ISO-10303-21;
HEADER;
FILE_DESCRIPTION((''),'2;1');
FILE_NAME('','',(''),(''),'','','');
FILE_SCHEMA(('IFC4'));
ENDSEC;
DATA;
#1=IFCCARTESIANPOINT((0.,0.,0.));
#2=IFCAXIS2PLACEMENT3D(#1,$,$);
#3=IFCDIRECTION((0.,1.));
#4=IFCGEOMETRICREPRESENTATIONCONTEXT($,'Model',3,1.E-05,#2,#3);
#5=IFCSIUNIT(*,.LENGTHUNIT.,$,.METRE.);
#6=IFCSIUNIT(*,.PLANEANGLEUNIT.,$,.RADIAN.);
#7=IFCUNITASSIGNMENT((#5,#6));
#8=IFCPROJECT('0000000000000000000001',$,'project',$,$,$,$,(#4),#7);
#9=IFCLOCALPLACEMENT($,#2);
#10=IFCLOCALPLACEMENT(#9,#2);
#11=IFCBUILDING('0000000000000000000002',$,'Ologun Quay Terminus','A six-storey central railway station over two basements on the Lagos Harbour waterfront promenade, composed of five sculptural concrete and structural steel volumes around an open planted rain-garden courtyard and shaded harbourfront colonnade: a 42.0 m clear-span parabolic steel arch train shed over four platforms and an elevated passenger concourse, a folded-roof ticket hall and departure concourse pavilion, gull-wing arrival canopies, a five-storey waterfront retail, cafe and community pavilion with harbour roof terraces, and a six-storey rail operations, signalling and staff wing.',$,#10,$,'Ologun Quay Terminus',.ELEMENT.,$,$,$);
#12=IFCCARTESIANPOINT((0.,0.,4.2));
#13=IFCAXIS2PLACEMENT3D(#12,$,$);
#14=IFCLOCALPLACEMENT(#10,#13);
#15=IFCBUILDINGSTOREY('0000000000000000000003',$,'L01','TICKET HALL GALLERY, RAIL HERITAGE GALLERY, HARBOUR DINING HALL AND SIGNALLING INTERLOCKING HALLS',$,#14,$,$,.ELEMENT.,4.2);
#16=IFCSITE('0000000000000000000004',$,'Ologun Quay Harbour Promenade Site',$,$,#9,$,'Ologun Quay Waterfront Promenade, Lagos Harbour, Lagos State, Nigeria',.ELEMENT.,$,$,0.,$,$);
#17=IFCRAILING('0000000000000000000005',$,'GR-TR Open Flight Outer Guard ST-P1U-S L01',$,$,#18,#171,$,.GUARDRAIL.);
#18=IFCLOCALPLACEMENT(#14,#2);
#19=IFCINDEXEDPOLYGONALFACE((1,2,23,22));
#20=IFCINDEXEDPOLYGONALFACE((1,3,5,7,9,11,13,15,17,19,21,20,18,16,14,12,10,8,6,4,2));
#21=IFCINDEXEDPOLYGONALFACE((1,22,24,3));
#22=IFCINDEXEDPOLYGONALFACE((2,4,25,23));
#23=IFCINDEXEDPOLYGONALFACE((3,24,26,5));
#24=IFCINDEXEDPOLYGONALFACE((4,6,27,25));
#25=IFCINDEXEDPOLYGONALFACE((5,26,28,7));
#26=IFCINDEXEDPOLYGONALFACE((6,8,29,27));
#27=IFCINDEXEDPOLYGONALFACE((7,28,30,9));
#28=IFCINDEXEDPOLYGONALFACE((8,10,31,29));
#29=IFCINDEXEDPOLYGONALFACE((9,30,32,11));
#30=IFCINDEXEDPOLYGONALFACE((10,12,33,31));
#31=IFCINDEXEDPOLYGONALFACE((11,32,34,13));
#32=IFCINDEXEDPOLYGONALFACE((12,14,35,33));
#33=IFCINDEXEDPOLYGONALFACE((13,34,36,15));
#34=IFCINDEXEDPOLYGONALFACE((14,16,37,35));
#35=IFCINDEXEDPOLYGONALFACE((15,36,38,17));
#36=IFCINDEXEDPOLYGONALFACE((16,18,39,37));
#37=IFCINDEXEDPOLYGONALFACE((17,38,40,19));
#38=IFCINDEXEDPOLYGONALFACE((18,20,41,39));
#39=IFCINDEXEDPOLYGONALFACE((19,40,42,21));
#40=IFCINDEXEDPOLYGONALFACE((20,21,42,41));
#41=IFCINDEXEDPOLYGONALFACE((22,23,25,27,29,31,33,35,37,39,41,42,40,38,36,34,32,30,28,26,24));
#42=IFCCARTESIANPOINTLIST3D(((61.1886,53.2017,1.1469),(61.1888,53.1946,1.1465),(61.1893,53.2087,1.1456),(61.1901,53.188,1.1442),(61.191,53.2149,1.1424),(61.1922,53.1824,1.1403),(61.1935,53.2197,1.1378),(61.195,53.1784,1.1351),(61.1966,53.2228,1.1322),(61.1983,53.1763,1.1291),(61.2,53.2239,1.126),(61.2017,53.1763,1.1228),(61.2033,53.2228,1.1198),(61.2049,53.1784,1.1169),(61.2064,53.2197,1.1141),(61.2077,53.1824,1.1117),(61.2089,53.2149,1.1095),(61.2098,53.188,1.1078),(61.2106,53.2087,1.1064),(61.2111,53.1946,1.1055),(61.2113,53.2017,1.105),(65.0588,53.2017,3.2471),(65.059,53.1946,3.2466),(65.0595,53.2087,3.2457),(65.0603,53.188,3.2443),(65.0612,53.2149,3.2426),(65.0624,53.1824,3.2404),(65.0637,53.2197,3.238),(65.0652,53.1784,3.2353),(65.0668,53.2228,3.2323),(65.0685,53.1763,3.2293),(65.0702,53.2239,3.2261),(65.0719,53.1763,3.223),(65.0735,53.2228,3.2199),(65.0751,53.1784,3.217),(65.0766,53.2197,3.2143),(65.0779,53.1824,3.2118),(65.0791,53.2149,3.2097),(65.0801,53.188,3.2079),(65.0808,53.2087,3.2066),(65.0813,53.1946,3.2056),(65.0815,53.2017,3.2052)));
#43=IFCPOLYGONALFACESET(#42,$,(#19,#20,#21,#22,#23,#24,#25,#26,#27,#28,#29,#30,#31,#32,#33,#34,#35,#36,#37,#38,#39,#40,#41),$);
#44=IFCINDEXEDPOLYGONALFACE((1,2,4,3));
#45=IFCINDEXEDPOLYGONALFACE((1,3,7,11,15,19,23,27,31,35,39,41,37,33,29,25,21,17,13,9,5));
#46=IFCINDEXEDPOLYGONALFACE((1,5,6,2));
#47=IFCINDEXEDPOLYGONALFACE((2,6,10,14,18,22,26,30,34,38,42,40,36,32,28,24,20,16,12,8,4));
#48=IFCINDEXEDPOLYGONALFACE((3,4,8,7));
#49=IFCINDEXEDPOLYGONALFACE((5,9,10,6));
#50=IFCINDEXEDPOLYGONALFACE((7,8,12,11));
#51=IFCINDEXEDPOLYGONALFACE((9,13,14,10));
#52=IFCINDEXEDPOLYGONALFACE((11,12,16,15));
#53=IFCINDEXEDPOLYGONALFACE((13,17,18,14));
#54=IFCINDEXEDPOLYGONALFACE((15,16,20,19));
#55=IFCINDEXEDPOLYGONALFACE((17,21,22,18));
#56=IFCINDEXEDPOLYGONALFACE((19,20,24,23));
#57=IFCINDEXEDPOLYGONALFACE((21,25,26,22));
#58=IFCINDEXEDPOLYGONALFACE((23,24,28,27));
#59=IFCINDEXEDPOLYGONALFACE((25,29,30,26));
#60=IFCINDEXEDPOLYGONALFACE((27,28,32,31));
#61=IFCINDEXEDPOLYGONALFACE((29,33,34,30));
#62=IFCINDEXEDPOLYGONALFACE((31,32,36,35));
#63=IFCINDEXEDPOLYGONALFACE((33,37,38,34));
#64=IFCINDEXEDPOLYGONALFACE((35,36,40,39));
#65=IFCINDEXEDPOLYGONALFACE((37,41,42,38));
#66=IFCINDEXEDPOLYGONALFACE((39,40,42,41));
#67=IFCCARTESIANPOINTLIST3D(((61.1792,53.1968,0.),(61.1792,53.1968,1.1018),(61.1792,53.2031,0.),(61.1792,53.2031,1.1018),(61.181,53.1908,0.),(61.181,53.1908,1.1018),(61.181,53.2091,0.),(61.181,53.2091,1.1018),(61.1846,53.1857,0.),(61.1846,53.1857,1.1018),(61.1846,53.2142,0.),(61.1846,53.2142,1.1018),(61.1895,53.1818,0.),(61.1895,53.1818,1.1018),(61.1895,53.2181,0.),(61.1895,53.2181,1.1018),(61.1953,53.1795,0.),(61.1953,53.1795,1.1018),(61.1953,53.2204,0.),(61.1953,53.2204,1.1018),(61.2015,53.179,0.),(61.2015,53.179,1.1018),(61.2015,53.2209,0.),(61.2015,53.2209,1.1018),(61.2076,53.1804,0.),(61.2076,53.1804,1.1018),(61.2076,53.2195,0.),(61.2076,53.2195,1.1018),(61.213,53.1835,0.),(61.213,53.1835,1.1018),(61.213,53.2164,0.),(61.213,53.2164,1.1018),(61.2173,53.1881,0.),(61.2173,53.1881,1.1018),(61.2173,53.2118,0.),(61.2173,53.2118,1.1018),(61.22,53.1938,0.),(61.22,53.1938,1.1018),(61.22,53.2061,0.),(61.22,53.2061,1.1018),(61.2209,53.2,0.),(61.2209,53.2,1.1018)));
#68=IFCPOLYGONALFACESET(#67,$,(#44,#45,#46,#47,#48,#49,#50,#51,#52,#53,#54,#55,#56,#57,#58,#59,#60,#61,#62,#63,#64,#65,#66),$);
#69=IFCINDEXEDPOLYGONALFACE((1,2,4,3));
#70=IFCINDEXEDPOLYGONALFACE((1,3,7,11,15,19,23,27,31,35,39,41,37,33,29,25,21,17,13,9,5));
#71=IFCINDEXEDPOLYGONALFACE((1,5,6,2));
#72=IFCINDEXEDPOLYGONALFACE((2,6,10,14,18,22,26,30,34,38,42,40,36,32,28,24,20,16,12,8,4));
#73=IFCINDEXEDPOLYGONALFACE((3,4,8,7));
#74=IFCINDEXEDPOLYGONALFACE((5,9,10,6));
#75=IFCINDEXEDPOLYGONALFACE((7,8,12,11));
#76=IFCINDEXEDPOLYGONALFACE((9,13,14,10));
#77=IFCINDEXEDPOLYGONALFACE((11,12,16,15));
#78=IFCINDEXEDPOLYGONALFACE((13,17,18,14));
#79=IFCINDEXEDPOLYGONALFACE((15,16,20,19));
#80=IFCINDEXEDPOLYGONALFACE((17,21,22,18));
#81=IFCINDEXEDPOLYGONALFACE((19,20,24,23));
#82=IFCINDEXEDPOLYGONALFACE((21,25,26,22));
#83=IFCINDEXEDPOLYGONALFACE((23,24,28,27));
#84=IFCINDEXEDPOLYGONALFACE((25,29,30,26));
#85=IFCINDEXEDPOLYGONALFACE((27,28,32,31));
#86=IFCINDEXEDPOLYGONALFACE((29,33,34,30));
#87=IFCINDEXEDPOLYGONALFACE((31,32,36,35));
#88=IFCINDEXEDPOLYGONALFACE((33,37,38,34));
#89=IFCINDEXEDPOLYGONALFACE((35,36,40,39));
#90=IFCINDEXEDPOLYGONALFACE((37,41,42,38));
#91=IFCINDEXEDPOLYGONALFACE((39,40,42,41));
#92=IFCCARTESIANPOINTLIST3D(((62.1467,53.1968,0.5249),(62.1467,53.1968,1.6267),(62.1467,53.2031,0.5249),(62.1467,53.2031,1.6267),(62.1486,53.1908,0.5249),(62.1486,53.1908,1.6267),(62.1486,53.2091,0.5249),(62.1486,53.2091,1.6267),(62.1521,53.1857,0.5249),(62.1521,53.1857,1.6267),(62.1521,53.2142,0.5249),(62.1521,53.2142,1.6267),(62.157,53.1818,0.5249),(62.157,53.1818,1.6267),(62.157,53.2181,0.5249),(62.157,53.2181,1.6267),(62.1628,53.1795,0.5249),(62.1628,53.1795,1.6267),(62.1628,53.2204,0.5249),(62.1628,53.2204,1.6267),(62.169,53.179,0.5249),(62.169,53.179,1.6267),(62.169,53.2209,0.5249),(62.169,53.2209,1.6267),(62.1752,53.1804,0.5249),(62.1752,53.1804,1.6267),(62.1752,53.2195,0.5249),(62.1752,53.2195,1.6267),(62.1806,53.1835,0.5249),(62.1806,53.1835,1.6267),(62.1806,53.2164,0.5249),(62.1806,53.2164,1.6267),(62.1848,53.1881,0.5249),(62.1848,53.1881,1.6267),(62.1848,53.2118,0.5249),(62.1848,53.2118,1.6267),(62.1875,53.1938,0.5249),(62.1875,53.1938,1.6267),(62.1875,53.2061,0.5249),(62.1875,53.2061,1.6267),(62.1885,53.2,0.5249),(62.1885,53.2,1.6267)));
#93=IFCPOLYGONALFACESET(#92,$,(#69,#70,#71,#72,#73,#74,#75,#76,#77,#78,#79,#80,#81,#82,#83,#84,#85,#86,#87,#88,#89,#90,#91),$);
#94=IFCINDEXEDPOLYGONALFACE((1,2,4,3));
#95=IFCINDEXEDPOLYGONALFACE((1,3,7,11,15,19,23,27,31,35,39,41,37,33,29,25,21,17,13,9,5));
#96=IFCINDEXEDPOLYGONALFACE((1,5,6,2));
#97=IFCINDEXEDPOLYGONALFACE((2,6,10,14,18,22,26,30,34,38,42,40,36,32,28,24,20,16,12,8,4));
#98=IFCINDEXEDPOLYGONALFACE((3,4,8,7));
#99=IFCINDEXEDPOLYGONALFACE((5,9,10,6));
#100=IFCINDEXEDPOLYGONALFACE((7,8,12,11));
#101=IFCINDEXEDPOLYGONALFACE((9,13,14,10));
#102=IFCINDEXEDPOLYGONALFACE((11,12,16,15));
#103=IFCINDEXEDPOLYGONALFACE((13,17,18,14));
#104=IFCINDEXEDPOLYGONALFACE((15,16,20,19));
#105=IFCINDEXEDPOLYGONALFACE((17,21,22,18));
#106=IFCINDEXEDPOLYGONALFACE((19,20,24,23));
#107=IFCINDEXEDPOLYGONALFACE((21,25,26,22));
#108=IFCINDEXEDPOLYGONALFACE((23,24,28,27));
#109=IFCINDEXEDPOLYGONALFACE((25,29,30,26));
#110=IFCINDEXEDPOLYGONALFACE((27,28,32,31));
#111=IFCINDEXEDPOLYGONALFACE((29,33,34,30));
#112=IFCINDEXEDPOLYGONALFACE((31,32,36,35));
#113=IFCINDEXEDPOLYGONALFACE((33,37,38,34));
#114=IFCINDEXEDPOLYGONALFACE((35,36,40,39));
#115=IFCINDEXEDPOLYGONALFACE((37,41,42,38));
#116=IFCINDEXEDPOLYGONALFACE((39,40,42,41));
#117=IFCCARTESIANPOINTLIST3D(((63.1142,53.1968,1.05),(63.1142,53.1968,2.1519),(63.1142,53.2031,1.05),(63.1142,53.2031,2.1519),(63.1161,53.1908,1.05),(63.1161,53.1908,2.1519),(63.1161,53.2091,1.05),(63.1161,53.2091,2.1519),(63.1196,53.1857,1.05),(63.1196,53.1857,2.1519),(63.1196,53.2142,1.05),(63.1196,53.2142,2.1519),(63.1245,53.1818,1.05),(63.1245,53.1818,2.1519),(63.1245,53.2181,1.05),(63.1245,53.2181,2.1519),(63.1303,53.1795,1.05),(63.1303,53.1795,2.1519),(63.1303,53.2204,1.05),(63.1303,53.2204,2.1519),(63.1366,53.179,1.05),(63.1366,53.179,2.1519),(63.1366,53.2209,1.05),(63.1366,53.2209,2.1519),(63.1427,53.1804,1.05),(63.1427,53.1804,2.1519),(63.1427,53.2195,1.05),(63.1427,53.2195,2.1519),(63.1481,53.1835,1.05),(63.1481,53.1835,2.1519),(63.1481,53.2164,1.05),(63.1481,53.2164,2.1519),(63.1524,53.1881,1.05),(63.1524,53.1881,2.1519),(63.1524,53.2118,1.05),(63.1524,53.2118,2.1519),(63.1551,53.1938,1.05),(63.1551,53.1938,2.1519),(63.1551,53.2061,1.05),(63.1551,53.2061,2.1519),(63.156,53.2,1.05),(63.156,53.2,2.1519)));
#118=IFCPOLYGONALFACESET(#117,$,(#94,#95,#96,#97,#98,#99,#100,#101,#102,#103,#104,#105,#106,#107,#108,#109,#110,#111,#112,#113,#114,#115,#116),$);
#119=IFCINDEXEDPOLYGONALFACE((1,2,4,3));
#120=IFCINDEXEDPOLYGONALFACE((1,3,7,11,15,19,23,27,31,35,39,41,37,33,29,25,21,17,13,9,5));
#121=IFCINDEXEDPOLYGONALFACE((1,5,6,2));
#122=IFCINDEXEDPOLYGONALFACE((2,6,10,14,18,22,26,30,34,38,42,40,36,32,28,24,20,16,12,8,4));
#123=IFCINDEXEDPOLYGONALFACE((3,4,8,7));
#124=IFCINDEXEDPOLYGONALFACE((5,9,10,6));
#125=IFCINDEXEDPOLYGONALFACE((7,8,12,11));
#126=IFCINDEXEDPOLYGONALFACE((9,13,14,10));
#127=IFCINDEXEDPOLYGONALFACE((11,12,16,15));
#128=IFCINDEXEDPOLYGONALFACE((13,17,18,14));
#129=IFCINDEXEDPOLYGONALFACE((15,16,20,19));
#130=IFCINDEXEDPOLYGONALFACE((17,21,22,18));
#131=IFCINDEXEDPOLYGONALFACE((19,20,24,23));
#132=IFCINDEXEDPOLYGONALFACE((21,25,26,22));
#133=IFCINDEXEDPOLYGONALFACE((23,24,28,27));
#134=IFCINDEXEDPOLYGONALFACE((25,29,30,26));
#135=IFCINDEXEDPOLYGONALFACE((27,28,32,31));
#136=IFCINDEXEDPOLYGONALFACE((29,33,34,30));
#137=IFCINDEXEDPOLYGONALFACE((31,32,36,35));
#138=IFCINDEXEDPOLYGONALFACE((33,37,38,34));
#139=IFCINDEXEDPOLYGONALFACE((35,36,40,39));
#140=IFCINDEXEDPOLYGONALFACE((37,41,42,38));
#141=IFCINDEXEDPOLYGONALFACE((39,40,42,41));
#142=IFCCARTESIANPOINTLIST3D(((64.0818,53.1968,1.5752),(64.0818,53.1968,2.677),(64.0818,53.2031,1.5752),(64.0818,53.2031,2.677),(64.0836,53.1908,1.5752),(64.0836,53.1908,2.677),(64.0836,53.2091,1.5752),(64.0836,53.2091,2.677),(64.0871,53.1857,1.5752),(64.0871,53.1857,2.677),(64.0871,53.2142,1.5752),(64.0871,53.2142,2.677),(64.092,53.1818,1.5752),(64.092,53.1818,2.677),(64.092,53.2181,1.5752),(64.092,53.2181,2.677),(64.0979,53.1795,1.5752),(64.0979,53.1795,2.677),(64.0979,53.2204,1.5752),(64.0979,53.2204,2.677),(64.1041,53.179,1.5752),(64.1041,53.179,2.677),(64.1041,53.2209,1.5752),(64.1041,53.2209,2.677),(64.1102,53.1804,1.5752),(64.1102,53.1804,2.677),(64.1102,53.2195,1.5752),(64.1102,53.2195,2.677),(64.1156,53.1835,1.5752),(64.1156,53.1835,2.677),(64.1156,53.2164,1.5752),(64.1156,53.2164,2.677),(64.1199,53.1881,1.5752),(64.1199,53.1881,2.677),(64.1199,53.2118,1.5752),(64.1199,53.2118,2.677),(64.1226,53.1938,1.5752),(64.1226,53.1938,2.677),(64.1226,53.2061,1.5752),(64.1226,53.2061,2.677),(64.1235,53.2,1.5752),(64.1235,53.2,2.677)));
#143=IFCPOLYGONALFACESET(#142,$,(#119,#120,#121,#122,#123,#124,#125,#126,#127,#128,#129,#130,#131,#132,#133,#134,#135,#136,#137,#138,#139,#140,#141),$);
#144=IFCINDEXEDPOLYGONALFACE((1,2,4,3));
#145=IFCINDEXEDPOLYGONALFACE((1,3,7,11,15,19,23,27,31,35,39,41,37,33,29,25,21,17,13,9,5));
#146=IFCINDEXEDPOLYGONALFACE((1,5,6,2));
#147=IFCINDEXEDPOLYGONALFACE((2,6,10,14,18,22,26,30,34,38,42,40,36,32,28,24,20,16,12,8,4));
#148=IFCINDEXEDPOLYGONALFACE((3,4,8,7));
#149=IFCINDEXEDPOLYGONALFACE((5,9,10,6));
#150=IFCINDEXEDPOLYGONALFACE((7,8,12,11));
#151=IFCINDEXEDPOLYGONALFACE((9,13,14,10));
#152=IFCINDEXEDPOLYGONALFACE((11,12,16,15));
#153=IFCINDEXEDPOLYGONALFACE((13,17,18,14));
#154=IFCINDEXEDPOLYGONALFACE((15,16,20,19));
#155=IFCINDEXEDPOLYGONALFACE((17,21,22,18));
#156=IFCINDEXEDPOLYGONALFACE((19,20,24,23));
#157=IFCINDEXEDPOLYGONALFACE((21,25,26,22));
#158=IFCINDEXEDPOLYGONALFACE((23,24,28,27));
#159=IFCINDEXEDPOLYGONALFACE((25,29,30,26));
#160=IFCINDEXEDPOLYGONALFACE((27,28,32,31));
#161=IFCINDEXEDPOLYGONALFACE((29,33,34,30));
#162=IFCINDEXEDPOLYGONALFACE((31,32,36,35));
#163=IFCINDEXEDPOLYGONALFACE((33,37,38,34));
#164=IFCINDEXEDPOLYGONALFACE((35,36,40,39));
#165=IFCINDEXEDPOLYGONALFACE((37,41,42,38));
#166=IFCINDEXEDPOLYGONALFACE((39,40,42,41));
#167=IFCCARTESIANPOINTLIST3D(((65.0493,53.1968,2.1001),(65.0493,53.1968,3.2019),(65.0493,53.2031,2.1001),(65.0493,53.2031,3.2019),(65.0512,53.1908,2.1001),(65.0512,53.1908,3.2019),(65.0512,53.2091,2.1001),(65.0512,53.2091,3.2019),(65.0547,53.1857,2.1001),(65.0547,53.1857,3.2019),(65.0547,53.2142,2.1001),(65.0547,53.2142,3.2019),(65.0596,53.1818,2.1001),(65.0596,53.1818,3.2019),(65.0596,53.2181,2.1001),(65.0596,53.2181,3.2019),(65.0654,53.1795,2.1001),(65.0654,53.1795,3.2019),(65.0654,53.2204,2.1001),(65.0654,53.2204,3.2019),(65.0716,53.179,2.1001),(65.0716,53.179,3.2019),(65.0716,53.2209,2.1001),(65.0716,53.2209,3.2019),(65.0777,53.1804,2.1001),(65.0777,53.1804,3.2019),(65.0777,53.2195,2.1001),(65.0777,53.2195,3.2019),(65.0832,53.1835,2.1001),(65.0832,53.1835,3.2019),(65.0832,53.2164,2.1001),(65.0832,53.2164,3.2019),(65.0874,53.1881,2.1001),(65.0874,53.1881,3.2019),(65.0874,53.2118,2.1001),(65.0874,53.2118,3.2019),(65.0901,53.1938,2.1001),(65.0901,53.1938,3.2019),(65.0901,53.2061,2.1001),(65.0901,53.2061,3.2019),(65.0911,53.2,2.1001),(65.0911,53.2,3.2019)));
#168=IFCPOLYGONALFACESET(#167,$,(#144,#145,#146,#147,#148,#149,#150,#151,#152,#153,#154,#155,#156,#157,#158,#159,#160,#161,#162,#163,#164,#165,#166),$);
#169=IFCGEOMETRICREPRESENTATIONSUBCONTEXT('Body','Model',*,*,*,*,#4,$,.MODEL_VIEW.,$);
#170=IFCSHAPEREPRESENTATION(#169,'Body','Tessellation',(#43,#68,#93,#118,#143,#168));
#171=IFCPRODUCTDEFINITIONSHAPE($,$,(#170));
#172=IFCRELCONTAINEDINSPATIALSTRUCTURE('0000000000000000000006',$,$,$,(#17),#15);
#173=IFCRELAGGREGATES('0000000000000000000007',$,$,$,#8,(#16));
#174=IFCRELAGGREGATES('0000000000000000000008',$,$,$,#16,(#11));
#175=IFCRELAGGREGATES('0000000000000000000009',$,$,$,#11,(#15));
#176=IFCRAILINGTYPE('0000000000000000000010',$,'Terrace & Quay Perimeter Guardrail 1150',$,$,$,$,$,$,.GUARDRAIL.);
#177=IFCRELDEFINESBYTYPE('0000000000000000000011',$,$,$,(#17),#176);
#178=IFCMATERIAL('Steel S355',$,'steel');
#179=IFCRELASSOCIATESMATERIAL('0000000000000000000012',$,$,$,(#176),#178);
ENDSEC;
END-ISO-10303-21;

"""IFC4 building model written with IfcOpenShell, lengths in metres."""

from ifc_helpers import new_model, si_unit, direction, frame, origin, origin_2d, place, context, subcontext, project, spatial, circle, extrude, material, type_object, element, save


model = new_model("IFC4")

# Units and contexts
model_context = context("Model", 3, precision=1e-05, world=origin(), true_north=direction((0.0, 1.0)))
body_context = subcontext(model_context, "Body", "Model", "MODEL_VIEW")
ifc_project = project(units=[si_unit("LENGTHUNIT", "METRE"), si_unit("PLANEANGLEUNIT", "RADIAN")], contexts=[model_context])

# Site, building, storey
site_placement = place(None, origin())
site = spatial("IfcSite", under=ifc_project, at=site_placement, Name="Ologun Quay Harbour Promenade Site", LongName="Ologun Quay Waterfront Promenade, Lagos Harbour, Lagos State, Nigeria", CompositionType="ELEMENT", RefElevation=0.0)
building_placement = place(site_placement, origin())
building = spatial("IfcBuilding", under=site, at=building_placement, Name="Ologun Quay Terminus", Description="A six-storey central railway station over two basements on the Lagos Harbour waterfront promenade, composed of five sculptural concrete and structural steel volumes around an open planted rain-garden courtyard and shaded harbourfront colonnade: a 42.0 m clear-span parabolic steel arch train shed over four platforms and an elevated passenger concourse, a folded-roof ticket hall and departure concourse pavilion, gull-wing arrival canopies, a five-storey waterfront retail, cafe and community pavilion with harbour roof terraces, and a six-storey rail operations, signalling and staff wing.", LongName="Ologun Quay Terminus", CompositionType="ELEMENT")
storey_placement = place(building_placement, frame((0.0, 0.0, 4.2)))
storey = spatial("IfcBuildingStorey", under=building, at=storey_placement, Name="L01", Description="TICKET HALL GALLERY, RAIL HERITAGE GALLERY, HARBOUR DINING HALL AND SIGNALLING INTERLOCKING HALLS", CompositionType="ELEMENT", Elevation=4.2)

# Railing
ifc_material_1 = material(Name="Steel S355", Category="steel")
railing_type = type_object("IfcRailingType", Name="Terrace & Quay Perimeter Guardrail 1150", PredefinedType="GUARDRAIL", material=ifc_material_1)
railing_placement = place(storey_placement, frame((61.2, 53.2, 0.0)))
element("IfcRailing", 1, at=railing_placement, inside=storey, type_object=railing_type, Name="GR-TR Open Flight Outer Guard ST-P1U-S L01", PredefinedType="GUARDRAIL", context=body_context, shape_type="SweptSolid", body=[
    extrude(circle(Radius=0.0239, at=origin_2d()), frame((0.0, 0.0, 1.126), z_axis=(0.878932, 0.0, 0.476947), x_axis=(0.0, 1.0, 0.0)), (0.0, 0.0, 1.0), 4.4033),
    extrude(circle(Radius=0.021, at=origin_2d()), origin(), (0.0, 0.0, 1.0), 1.1018),
    extrude(circle(Radius=0.021, at=origin_2d()), frame((0.9675, 0.0, 0.5249)), (0.0, 0.0, 1.0), 1.1018),
    extrude(circle(Radius=0.021, at=origin_2d()), frame((1.9351, 0.0, 1.05)), (0.0, 0.0, 1.0), 1.1018),
    extrude(circle(Radius=0.021, at=origin_2d()), frame((2.9026, 0.0, 1.5752)), (0.0, 0.0, 1.0), 1.1018),
    extrude(circle(Radius=0.021, at=origin_2d()), frame((3.8701, 0.0, 2.1001)), (0.0, 0.0, 1.0), 1.1018),
])

save(model, "model.ifc")
